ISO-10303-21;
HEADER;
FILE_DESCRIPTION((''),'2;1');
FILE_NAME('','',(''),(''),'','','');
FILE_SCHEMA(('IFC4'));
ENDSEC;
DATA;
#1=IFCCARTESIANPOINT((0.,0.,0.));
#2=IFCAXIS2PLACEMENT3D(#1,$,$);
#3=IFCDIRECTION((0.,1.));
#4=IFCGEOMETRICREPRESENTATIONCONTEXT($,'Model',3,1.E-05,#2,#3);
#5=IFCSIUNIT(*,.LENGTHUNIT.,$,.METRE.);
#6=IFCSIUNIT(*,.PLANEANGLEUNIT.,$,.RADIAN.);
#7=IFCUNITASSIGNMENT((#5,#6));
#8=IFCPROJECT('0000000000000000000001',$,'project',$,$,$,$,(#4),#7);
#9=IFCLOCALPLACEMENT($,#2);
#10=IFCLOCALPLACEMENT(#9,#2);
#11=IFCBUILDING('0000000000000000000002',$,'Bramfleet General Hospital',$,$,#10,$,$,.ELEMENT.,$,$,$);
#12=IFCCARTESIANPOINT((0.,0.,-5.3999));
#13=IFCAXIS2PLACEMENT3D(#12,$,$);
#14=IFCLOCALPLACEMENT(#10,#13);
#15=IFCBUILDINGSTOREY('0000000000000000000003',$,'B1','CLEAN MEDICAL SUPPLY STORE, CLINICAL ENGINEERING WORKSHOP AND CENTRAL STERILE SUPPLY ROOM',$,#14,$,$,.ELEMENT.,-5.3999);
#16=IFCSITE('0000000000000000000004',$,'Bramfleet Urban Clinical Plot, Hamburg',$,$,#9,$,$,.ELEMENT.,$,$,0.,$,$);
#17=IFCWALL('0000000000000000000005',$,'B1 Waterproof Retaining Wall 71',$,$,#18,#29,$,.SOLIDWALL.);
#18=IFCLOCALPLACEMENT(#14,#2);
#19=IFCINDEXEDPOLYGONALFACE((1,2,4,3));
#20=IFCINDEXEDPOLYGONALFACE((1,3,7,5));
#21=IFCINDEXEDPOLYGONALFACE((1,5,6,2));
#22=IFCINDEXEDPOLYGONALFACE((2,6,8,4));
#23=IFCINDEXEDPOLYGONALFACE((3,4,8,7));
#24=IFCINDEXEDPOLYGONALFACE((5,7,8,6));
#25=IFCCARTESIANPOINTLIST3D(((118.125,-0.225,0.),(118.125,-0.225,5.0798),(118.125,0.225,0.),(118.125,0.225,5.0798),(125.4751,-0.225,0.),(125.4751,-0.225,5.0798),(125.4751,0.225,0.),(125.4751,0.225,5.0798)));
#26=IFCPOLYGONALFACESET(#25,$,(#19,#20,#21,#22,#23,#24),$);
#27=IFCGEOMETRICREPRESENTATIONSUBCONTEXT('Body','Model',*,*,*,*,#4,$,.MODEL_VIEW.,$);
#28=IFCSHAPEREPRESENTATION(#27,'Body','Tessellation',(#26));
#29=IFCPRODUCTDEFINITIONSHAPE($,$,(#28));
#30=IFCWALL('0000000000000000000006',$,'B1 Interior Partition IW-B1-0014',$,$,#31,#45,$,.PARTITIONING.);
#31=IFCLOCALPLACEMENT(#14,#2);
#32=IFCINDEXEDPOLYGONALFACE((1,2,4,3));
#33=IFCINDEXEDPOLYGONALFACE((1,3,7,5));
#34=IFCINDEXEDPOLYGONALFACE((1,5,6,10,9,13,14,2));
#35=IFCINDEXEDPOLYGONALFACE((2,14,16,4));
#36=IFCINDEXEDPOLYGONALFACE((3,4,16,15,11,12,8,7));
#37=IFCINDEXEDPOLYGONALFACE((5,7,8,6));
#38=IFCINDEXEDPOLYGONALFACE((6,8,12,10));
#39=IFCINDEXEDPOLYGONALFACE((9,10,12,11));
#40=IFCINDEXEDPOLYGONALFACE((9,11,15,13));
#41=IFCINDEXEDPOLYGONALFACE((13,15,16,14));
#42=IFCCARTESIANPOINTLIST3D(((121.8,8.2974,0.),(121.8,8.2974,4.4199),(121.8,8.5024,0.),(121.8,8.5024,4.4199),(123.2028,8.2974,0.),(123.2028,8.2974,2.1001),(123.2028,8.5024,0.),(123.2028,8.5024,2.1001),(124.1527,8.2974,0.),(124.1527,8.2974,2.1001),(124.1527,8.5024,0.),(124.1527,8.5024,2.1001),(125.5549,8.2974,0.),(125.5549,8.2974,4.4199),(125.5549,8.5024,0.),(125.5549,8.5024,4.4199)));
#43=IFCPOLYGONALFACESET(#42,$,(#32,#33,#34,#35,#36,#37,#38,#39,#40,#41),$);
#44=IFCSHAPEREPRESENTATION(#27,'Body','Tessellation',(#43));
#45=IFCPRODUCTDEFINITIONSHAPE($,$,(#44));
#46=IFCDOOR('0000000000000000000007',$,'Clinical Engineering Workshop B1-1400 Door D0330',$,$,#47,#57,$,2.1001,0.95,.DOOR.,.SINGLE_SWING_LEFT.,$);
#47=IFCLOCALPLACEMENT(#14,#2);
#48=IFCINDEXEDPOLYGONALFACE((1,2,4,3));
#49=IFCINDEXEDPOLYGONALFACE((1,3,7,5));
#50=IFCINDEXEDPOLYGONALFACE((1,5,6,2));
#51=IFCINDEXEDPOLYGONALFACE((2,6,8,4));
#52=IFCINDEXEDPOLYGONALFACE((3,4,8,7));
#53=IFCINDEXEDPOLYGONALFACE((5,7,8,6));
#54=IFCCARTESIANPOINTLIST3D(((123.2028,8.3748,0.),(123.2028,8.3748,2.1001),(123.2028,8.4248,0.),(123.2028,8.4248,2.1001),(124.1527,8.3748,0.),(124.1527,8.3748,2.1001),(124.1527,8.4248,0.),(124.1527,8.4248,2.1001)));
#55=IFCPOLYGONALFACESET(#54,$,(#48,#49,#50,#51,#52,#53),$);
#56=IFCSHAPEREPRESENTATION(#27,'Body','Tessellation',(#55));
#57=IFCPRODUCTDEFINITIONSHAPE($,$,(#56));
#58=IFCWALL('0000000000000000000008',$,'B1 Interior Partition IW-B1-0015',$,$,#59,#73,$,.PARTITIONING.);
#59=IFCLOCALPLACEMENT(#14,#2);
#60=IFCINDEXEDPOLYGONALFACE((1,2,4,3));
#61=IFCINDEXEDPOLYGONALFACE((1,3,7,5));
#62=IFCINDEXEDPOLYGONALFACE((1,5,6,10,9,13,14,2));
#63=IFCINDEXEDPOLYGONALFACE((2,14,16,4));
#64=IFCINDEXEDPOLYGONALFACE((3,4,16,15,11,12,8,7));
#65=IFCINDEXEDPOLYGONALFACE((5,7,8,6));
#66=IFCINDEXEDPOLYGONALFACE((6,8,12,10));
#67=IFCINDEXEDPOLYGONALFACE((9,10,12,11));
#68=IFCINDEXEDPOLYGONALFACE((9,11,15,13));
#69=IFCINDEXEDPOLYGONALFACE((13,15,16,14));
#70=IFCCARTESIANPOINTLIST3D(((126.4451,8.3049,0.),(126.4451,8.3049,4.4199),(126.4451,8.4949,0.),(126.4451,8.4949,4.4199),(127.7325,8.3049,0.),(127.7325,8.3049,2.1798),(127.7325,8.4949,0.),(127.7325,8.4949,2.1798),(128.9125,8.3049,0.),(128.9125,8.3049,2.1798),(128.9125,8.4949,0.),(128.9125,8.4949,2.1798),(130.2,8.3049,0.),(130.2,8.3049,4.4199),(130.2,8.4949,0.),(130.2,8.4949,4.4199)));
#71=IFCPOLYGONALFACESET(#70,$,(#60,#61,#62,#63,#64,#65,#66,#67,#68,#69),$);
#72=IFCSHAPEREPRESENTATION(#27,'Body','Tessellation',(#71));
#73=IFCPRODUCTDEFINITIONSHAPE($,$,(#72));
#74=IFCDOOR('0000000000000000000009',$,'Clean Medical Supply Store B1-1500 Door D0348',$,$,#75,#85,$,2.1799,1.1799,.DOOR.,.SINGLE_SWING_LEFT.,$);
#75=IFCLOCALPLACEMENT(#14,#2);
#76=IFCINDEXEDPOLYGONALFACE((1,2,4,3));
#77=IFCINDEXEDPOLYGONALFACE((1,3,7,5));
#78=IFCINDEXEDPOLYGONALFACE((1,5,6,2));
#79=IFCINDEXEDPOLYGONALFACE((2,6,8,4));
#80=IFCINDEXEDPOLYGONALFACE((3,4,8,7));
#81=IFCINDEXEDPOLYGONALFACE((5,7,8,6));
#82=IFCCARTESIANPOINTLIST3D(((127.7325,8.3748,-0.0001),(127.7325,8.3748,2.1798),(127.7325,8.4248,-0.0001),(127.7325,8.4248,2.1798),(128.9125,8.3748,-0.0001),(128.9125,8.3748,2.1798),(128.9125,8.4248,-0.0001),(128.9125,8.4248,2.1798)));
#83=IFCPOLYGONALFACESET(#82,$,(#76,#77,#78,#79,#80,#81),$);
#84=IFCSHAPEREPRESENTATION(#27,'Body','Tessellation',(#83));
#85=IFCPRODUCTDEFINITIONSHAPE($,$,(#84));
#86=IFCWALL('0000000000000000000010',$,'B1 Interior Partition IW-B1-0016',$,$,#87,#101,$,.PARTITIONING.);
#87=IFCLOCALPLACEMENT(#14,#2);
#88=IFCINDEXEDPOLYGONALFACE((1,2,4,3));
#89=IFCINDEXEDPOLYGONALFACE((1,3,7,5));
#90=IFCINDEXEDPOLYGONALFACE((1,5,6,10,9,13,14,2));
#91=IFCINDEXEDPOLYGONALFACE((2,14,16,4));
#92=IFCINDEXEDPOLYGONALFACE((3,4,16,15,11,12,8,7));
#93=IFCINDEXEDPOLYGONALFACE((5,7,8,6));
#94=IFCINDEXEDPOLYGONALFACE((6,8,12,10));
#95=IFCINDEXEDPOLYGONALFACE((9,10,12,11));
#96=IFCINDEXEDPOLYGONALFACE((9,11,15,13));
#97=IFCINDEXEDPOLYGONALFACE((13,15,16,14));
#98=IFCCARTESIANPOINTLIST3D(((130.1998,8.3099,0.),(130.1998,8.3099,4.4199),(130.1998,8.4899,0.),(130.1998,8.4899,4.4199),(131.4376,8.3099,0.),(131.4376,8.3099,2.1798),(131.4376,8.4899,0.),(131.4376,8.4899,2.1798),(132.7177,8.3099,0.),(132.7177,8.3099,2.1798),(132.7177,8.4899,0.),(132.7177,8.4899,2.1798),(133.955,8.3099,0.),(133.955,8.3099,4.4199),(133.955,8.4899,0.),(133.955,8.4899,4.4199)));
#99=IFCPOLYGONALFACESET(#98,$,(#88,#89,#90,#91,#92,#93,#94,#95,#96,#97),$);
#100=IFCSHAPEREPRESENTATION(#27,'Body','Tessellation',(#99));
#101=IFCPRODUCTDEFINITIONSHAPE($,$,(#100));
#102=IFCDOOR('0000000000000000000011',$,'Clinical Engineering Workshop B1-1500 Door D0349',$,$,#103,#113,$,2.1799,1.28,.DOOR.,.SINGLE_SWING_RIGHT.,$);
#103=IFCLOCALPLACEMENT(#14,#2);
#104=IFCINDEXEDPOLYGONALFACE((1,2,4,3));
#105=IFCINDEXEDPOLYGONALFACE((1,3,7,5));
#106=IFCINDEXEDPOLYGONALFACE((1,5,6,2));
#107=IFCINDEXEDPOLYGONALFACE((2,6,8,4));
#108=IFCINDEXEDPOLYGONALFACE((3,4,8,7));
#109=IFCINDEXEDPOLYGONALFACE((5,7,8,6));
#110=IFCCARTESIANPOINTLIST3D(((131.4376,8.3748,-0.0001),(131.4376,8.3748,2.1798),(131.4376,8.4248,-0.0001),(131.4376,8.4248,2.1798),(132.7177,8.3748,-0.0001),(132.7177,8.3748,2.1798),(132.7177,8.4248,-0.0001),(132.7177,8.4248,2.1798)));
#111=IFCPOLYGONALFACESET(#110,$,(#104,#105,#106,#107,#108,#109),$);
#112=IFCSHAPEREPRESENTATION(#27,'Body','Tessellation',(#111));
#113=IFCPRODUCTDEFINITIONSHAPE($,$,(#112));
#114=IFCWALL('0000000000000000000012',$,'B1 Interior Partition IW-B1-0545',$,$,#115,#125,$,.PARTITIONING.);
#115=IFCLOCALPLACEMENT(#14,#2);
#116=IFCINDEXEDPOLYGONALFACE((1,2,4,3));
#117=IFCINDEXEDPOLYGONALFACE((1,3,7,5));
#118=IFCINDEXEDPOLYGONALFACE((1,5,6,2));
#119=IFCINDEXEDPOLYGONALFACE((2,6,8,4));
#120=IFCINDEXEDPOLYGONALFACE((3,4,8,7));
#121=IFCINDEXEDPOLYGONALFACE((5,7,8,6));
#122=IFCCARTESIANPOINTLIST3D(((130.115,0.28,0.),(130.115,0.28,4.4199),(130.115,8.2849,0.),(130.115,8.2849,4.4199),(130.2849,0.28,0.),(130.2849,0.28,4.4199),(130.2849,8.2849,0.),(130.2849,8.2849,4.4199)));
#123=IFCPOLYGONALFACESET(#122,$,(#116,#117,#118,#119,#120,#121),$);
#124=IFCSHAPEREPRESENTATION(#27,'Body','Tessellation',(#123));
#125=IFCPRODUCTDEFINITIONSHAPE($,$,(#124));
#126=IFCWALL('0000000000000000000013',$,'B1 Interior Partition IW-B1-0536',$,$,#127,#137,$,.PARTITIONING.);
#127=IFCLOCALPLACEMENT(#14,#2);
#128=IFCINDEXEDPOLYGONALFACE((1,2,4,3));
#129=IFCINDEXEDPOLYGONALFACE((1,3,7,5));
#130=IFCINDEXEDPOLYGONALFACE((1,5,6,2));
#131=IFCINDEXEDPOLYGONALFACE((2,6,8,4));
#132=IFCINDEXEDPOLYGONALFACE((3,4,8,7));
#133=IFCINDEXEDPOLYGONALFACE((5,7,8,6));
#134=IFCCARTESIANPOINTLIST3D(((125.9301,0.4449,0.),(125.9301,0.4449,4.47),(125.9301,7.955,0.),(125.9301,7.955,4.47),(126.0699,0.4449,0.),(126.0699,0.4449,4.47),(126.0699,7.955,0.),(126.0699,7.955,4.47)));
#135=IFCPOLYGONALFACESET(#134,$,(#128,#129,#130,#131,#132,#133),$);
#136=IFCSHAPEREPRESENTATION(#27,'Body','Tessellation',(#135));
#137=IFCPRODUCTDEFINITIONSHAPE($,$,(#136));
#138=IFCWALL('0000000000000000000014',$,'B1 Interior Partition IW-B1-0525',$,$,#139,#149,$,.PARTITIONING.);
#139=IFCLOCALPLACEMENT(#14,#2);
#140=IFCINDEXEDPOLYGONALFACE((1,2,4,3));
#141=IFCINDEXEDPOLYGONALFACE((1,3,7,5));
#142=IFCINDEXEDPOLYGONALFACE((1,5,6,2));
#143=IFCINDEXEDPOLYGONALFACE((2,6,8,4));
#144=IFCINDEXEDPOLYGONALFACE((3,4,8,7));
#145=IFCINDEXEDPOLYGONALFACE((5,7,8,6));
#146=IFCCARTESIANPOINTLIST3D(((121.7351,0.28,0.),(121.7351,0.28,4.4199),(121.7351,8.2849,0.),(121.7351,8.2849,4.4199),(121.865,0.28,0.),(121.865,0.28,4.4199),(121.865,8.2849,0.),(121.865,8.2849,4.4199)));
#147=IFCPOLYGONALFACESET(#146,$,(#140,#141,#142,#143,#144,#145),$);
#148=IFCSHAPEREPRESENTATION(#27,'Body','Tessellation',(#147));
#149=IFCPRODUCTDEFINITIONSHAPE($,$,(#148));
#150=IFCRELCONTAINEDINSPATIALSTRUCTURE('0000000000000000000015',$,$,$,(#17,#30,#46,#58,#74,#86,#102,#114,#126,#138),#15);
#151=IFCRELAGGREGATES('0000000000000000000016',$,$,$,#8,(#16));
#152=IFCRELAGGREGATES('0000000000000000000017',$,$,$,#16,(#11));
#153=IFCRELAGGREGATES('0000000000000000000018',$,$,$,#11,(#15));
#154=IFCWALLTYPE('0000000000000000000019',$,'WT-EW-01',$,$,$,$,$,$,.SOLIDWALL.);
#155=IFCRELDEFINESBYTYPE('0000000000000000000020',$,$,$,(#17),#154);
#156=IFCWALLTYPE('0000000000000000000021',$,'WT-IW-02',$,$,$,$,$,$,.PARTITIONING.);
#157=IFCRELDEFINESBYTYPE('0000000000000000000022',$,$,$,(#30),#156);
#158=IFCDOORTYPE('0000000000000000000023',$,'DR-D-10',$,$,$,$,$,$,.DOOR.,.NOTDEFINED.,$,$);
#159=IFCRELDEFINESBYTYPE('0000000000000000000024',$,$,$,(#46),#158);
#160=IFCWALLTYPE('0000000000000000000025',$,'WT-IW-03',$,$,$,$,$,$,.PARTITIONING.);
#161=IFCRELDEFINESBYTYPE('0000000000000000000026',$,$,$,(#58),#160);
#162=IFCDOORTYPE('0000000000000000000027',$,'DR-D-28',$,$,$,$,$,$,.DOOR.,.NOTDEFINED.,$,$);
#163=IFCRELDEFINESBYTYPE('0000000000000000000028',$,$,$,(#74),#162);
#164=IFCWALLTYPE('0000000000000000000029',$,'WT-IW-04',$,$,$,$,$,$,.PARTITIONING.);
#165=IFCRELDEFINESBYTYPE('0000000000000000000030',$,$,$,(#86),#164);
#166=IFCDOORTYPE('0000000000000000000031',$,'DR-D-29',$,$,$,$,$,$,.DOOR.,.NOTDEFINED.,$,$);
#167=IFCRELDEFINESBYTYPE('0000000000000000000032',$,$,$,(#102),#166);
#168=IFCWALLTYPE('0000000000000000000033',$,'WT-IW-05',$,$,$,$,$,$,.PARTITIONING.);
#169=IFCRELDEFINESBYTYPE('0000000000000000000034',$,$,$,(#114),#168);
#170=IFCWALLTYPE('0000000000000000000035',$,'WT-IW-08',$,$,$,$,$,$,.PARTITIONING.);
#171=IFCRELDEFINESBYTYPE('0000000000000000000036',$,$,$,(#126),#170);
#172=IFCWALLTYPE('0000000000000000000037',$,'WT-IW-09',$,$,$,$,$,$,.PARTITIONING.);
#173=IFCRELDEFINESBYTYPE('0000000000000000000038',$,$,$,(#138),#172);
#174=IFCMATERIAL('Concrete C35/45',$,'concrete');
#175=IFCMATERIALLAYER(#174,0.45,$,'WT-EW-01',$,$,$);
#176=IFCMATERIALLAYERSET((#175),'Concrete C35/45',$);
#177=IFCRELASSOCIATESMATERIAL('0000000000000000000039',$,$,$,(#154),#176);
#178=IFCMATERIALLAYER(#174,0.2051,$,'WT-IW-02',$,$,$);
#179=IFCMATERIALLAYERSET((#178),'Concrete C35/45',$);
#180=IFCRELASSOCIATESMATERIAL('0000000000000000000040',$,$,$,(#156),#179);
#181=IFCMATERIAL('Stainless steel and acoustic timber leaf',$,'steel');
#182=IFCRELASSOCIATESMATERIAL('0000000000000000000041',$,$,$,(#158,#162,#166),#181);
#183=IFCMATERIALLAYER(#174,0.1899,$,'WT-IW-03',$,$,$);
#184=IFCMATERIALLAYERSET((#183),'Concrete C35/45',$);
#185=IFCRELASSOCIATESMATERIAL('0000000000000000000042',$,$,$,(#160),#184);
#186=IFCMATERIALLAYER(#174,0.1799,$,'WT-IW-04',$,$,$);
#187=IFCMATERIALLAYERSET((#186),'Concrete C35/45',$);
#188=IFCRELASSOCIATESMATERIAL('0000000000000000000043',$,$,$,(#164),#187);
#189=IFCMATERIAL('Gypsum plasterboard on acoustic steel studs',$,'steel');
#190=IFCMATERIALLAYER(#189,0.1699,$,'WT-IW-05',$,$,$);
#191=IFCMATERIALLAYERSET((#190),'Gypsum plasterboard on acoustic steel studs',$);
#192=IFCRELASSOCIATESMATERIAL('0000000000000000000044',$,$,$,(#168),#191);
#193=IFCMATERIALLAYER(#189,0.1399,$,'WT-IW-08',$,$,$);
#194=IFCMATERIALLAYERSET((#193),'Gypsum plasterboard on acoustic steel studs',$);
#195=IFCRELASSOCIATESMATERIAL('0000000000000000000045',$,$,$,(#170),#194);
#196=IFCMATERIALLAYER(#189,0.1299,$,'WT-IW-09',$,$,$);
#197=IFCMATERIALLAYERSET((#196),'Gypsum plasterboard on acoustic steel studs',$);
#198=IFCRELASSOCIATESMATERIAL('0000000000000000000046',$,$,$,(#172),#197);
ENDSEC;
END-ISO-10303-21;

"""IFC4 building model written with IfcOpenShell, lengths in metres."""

from ifc_helpers import new_model, si_unit, direction, frame, frame_2d, origin, place, context, subcontext, project, spatial, rectangle, extrude, material, layer, layer_set, type_object, element, fill, save


model = new_model("IFC4")

# Units and contexts
model_context = context("Model", 3, precision=1e-05, world=origin(), true_north=direction((0.0, 1.0)))
body_context = subcontext(model_context, "Body", "Model", "MODEL_VIEW")
ifc_project = project(units=[si_unit("LENGTHUNIT", "METRE"), si_unit("PLANEANGLEUNIT", "RADIAN")], contexts=[model_context])

# Site, building, storey
site_placement = place(None, origin())
site = spatial("IfcSite", under=ifc_project, at=site_placement, Name="Bramfleet Urban Clinical Plot, Hamburg", CompositionType="ELEMENT", RefElevation=0.0)
building_placement = place(site_placement, origin())
building = spatial("IfcBuilding", under=site, at=building_placement, Name="Bramfleet General Hospital", CompositionType="ELEMENT")
storey_placement = place(building_placement, frame((0.0, 0.0, -5.3999)))
storey = spatial("IfcBuildingStorey", under=building, at=storey_placement, Name="B1", Description="CLEAN MEDICAL SUPPLY STORE, CLINICAL ENGINEERING WORKSHOP AND CENTRAL STERILE SUPPLY ROOM", CompositionType="ELEMENT", Elevation=-5.3999)

# Shared definitions
ifc_material_1 = material(Name="Concrete C35/45", Category="concrete")

# Wall
ifc_layer_1 = layer(ifc_material_1, 0.45, Name="WT-EW-01")
ifc_layer_set_1 = layer_set([ifc_layer_1], Name="Concrete C35/45")
wall_type_1 = type_object("IfcWallType", Name="WT-EW-01", PredefinedType="SOLIDWALL", material=ifc_layer_set_1)
wall_1_placement = place(storey_placement, frame((125.4751, 0.0, 0.0), z_axis=(0.0, 0.0, 1.0), x_axis=(-1.0, 0.0, 0.0)))
element("IfcWall", 1, at=wall_1_placement, inside=storey, type_object=wall_type_1, Name="B1 Waterproof Retaining Wall 71", PredefinedType="SOLIDWALL", context=body_context, shape_type="SweptSolid", body=[
    extrude(rectangle(XDim=7.3501, YDim=0.45, at=frame_2d((3.675, 0.0))), origin(), (0.0, 0.0, 1.0), 5.0798),
])

# Walls, openings, doors
ifc_layer_2 = layer(ifc_material_1, 0.2051, Name="WT-IW-02")
ifc_layer_set_2 = layer_set([ifc_layer_2], Name="Concrete C35/45")
wall_type_2 = type_object("IfcWallType", Name="WT-IW-02", PredefinedType="PARTITIONING", material=ifc_layer_set_2)
wall_2_placement = place(storey_placement, frame((121.8, 8.3999, 0.0), z_axis=(0.0, 0.0, 1.0), x_axis=(1.0, 0.0, 0.0)))
wall_2 = element("IfcWall", 2, at=wall_2_placement, inside=storey, type_object=wall_type_2, Name="B1 Interior Partition IW-B1-0014", PredefinedType="PARTITIONING", context=body_context, shape_type="SweptSolid", body=[
    extrude(rectangle(XDim=3.7549, YDim=0.2051, at=frame_2d((1.8774, 0.0))), origin(), (0.0, 0.0, 1.0), 4.4199),
])
opening_1_placement = place(wall_2_placement, frame((1.4026, 0.0, 0.0)))
opening_1 = element("IfcOpeningElement", 3, at=opening_1_placement, cuts=wall_2, PredefinedType="OPENING", context=body_context, shape_type="SweptSolid", body=[
    extrude(rectangle(XDim=0.95, YDim=2.1001, at=frame_2d((0.4751, 1.05))), frame((0.0, 0.1125, 0.0), z_axis=(0.0, -1.0, 0.0), x_axis=(1.0, 0.0, 0.0)), (0.0, 0.0, 1.0), 0.2251),
])
ifc_material_2 = material(Name="Stainless steel and acoustic timber leaf", Category="steel")
door_type_1 = type_object("IfcDoorType", Name="DR-D-10", OperationType="NOTDEFINED", PredefinedType="DOOR", material=ifc_material_2)
door_1_placement = place(opening_1_placement, origin())
door_1 = element("IfcDoor", 4, at=door_1_placement, inside=storey, type_object=door_type_1, Name="Clinical Engineering Workshop B1-1400 Door D0330", OperationType="SINGLE_SWING_LEFT", OverallHeight=2.1001, OverallWidth=0.95, PredefinedType="DOOR", context=body_context, shape_type="SweptSolid", body=[
    extrude(rectangle(XDim=0.95, YDim=2.1001, at=frame_2d((0.4751, 1.05))), frame((0.0, 0.0249, 0.0), z_axis=(0.0, -1.0, 0.0), x_axis=(1.0, 0.0, 0.0)), (0.0, 0.0, 1.0), 0.05),
])
fill(opening_1, door_1)
ifc_layer_3 = layer(ifc_material_1, 0.1899, Name="WT-IW-03")
ifc_layer_set_3 = layer_set([ifc_layer_3], Name="Concrete C35/45")
wall_type_3 = type_object("IfcWallType", Name="WT-IW-03", PredefinedType="PARTITIONING", material=ifc_layer_set_3)
wall_3_placement = place(storey_placement, frame((126.4451, 8.3999, 0.0), z_axis=(0.0, 0.0, 1.0), x_axis=(1.0, 0.0, 0.0)))
wall_3 = element("IfcWall", 5, at=wall_3_placement, inside=storey, type_object=wall_type_3, Name="B1 Interior Partition IW-B1-0015", PredefinedType="PARTITIONING", context=body_context, shape_type="SweptSolid", body=[
    extrude(rectangle(XDim=3.7549, YDim=0.1899, at=frame_2d((1.8774, 0.0))), origin(), (0.0, 0.0, 1.0), 4.4199),
])
opening_2_placement = place(wall_3_placement, frame((1.2876, 0.0, 0.0)))
opening_2 = element("IfcOpeningElement", 6, at=opening_2_placement, cuts=wall_3, PredefinedType="OPENING", context=body_context, shape_type="SweptSolid", body=[
    extrude(rectangle(XDim=1.1799, YDim=2.1799, at=frame_2d((0.5898, 1.0898))), frame((0.0, 0.105, 0.0), z_axis=(0.0, -1.0, 0.0), x_axis=(1.0, 0.0, 0.0)), (0.0, 0.0, 1.0), 0.21),
])
door_type_2 = type_object("IfcDoorType", Name="DR-D-28", OperationType="NOTDEFINED", PredefinedType="DOOR", material=ifc_material_2)
door_2_placement = place(opening_2_placement, origin())
door_2 = element("IfcDoor", 7, at=door_2_placement, inside=storey, type_object=door_type_2, Name="Clean Medical Supply Store B1-1500 Door D0348", OperationType="SINGLE_SWING_LEFT", OverallHeight=2.1799, OverallWidth=1.1799, PredefinedType="DOOR", context=body_context, shape_type="SweptSolid", body=[
    extrude(rectangle(XDim=1.1799, YDim=2.1799, at=frame_2d((0.5898, 1.0898))), frame((0.0, 0.0249, 0.0), z_axis=(0.0, -1.0, 0.0), x_axis=(1.0, 0.0, 0.0)), (0.0, 0.0, 1.0), 0.05),
])
fill(opening_2, door_2)
ifc_layer_4 = layer(ifc_material_1, 0.1799, Name="WT-IW-04")
ifc_layer_set_4 = layer_set([ifc_layer_4], Name="Concrete C35/45")
wall_type_4 = type_object("IfcWallType", Name="WT-IW-04", PredefinedType="PARTITIONING", material=ifc_layer_set_4)
wall_4_placement = place(storey_placement, frame((130.2, 8.3999, 0.0), z_axis=(0.0, 0.0, 1.0), x_axis=(1.0, 0.0, 0.0)))
wall_4 = element("IfcWall", 8, at=wall_4_placement, inside=storey, type_object=wall_type_4, Name="B1 Interior Partition IW-B1-0016", PredefinedType="PARTITIONING", context=body_context, shape_type="SweptSolid", body=[
    extrude(rectangle(XDim=3.7551, YDim=0.1799, at=frame_2d((1.8774, 0.0))), origin(), (0.0, 0.0, 1.0), 4.4199),
])
opening_3_placement = place(wall_4_placement, frame((1.2375, 0.0, 0.0)))
opening_3 = element("IfcOpeningElement", 9, at=opening_3_placement, cuts=wall_4, PredefinedType="OPENING", context=body_context, shape_type="SweptSolid", body=[
    extrude(rectangle(XDim=1.28, YDim=2.1799, at=frame_2d((0.6401, 1.0898))), frame((0.0, 0.0999, 0.0), z_axis=(0.0, -1.0, 0.0), x_axis=(1.0, 0.0, 0.0)), (0.0, 0.0, 1.0), 0.2),
])
door_type_3 = type_object("IfcDoorType", Name="DR-D-29", OperationType="NOTDEFINED", PredefinedType="DOOR", material=ifc_material_2)
door_3_placement = place(opening_3_placement, origin())
door_3 = element("IfcDoor", 10, at=door_3_placement, inside=storey, type_object=door_type_3, Name="Clinical Engineering Workshop B1-1500 Door D0349", OperationType="SINGLE_SWING_RIGHT", OverallHeight=2.1799, OverallWidth=1.28, PredefinedType="DOOR", context=body_context, shape_type="SweptSolid", body=[
    extrude(rectangle(XDim=1.28, YDim=2.1799, at=frame_2d((0.6401, 1.0898))), frame((0.0, 0.0249, 0.0), z_axis=(0.0, -1.0, 0.0), x_axis=(1.0, 0.0, 0.0)), (0.0, 0.0, 1.0), 0.05),
])
fill(opening_3, door_3)

# Walls
ifc_material_3 = material(Name="Gypsum plasterboard on acoustic steel studs", Category="steel")
ifc_layer_5 = layer(ifc_material_3, 0.1699, Name="WT-IW-05")
ifc_layer_set_5 = layer_set([ifc_layer_5], Name="Gypsum plasterboard on acoustic steel studs")
wall_type_5 = type_object("IfcWallType", Name="WT-IW-05", PredefinedType="PARTITIONING", material=ifc_layer_set_5)
wall_5_placement = place(storey_placement, frame((130.2, 0.28, 0.0), z_axis=(0.0, 0.0, 1.0), x_axis=(0.0, 1.0, 0.0)))
element("IfcWall", 11, at=wall_5_placement, inside=storey, type_object=wall_type_5, Name="B1 Interior Partition IW-B1-0545", PredefinedType="PARTITIONING", context=body_context, shape_type="SweptSolid", body=[
    extrude(rectangle(XDim=8.0049, YDim=0.1699, at=frame_2d((4.0024, 0.0))), origin(), (0.0, 0.0, 1.0), 4.4199),
])
ifc_layer_6 = layer(ifc_material_3, 0.1399, Name="WT-IW-08")
ifc_layer_set_6 = layer_set([ifc_layer_6], Name="Gypsum plasterboard on acoustic steel studs")
wall_type_6 = type_object("IfcWallType", Name="WT-IW-08", PredefinedType="PARTITIONING", material=ifc_layer_set_6)
wall_6_placement = place(storey_placement, frame((126.0, 0.4451, 0.0), z_axis=(0.0, 0.0, 1.0), x_axis=(0.0, 1.0, 0.0)))
element("IfcWall", 12, at=wall_6_placement, inside=storey, type_object=wall_type_6, Name="B1 Interior Partition IW-B1-0536", PredefinedType="PARTITIONING", context=body_context, shape_type="SweptSolid", body=[
    extrude(rectangle(XDim=7.51, YDim=0.1399, at=frame_2d((3.7549, 0.0))), origin(), (0.0, 0.0, 1.0), 4.47),
])
ifc_layer_7 = layer(ifc_material_3, 0.1299, Name="WT-IW-09")
ifc_layer_set_7 = layer_set([ifc_layer_7], Name="Gypsum plasterboard on acoustic steel studs")
wall_type_7 = type_object("IfcWallType", Name="WT-IW-09", PredefinedType="PARTITIONING", material=ifc_layer_set_7)
wall_7_placement = place(storey_placement, frame((121.8, 0.28, 0.0), z_axis=(0.0, 0.0, 1.0), x_axis=(0.0, 1.0, 0.0)))
element("IfcWall", 13, at=wall_7_placement, inside=storey, type_object=wall_type_7, Name="B1 Interior Partition IW-B1-0525", PredefinedType="PARTITIONING", context=body_context, shape_type="SweptSolid", body=[
    extrude(rectangle(XDim=8.0049, YDim=0.1299, at=frame_2d((4.0024, 0.0))), origin(), (0.0, 0.0, 1.0), 4.4199),
])

save(model, "model.ifc")
